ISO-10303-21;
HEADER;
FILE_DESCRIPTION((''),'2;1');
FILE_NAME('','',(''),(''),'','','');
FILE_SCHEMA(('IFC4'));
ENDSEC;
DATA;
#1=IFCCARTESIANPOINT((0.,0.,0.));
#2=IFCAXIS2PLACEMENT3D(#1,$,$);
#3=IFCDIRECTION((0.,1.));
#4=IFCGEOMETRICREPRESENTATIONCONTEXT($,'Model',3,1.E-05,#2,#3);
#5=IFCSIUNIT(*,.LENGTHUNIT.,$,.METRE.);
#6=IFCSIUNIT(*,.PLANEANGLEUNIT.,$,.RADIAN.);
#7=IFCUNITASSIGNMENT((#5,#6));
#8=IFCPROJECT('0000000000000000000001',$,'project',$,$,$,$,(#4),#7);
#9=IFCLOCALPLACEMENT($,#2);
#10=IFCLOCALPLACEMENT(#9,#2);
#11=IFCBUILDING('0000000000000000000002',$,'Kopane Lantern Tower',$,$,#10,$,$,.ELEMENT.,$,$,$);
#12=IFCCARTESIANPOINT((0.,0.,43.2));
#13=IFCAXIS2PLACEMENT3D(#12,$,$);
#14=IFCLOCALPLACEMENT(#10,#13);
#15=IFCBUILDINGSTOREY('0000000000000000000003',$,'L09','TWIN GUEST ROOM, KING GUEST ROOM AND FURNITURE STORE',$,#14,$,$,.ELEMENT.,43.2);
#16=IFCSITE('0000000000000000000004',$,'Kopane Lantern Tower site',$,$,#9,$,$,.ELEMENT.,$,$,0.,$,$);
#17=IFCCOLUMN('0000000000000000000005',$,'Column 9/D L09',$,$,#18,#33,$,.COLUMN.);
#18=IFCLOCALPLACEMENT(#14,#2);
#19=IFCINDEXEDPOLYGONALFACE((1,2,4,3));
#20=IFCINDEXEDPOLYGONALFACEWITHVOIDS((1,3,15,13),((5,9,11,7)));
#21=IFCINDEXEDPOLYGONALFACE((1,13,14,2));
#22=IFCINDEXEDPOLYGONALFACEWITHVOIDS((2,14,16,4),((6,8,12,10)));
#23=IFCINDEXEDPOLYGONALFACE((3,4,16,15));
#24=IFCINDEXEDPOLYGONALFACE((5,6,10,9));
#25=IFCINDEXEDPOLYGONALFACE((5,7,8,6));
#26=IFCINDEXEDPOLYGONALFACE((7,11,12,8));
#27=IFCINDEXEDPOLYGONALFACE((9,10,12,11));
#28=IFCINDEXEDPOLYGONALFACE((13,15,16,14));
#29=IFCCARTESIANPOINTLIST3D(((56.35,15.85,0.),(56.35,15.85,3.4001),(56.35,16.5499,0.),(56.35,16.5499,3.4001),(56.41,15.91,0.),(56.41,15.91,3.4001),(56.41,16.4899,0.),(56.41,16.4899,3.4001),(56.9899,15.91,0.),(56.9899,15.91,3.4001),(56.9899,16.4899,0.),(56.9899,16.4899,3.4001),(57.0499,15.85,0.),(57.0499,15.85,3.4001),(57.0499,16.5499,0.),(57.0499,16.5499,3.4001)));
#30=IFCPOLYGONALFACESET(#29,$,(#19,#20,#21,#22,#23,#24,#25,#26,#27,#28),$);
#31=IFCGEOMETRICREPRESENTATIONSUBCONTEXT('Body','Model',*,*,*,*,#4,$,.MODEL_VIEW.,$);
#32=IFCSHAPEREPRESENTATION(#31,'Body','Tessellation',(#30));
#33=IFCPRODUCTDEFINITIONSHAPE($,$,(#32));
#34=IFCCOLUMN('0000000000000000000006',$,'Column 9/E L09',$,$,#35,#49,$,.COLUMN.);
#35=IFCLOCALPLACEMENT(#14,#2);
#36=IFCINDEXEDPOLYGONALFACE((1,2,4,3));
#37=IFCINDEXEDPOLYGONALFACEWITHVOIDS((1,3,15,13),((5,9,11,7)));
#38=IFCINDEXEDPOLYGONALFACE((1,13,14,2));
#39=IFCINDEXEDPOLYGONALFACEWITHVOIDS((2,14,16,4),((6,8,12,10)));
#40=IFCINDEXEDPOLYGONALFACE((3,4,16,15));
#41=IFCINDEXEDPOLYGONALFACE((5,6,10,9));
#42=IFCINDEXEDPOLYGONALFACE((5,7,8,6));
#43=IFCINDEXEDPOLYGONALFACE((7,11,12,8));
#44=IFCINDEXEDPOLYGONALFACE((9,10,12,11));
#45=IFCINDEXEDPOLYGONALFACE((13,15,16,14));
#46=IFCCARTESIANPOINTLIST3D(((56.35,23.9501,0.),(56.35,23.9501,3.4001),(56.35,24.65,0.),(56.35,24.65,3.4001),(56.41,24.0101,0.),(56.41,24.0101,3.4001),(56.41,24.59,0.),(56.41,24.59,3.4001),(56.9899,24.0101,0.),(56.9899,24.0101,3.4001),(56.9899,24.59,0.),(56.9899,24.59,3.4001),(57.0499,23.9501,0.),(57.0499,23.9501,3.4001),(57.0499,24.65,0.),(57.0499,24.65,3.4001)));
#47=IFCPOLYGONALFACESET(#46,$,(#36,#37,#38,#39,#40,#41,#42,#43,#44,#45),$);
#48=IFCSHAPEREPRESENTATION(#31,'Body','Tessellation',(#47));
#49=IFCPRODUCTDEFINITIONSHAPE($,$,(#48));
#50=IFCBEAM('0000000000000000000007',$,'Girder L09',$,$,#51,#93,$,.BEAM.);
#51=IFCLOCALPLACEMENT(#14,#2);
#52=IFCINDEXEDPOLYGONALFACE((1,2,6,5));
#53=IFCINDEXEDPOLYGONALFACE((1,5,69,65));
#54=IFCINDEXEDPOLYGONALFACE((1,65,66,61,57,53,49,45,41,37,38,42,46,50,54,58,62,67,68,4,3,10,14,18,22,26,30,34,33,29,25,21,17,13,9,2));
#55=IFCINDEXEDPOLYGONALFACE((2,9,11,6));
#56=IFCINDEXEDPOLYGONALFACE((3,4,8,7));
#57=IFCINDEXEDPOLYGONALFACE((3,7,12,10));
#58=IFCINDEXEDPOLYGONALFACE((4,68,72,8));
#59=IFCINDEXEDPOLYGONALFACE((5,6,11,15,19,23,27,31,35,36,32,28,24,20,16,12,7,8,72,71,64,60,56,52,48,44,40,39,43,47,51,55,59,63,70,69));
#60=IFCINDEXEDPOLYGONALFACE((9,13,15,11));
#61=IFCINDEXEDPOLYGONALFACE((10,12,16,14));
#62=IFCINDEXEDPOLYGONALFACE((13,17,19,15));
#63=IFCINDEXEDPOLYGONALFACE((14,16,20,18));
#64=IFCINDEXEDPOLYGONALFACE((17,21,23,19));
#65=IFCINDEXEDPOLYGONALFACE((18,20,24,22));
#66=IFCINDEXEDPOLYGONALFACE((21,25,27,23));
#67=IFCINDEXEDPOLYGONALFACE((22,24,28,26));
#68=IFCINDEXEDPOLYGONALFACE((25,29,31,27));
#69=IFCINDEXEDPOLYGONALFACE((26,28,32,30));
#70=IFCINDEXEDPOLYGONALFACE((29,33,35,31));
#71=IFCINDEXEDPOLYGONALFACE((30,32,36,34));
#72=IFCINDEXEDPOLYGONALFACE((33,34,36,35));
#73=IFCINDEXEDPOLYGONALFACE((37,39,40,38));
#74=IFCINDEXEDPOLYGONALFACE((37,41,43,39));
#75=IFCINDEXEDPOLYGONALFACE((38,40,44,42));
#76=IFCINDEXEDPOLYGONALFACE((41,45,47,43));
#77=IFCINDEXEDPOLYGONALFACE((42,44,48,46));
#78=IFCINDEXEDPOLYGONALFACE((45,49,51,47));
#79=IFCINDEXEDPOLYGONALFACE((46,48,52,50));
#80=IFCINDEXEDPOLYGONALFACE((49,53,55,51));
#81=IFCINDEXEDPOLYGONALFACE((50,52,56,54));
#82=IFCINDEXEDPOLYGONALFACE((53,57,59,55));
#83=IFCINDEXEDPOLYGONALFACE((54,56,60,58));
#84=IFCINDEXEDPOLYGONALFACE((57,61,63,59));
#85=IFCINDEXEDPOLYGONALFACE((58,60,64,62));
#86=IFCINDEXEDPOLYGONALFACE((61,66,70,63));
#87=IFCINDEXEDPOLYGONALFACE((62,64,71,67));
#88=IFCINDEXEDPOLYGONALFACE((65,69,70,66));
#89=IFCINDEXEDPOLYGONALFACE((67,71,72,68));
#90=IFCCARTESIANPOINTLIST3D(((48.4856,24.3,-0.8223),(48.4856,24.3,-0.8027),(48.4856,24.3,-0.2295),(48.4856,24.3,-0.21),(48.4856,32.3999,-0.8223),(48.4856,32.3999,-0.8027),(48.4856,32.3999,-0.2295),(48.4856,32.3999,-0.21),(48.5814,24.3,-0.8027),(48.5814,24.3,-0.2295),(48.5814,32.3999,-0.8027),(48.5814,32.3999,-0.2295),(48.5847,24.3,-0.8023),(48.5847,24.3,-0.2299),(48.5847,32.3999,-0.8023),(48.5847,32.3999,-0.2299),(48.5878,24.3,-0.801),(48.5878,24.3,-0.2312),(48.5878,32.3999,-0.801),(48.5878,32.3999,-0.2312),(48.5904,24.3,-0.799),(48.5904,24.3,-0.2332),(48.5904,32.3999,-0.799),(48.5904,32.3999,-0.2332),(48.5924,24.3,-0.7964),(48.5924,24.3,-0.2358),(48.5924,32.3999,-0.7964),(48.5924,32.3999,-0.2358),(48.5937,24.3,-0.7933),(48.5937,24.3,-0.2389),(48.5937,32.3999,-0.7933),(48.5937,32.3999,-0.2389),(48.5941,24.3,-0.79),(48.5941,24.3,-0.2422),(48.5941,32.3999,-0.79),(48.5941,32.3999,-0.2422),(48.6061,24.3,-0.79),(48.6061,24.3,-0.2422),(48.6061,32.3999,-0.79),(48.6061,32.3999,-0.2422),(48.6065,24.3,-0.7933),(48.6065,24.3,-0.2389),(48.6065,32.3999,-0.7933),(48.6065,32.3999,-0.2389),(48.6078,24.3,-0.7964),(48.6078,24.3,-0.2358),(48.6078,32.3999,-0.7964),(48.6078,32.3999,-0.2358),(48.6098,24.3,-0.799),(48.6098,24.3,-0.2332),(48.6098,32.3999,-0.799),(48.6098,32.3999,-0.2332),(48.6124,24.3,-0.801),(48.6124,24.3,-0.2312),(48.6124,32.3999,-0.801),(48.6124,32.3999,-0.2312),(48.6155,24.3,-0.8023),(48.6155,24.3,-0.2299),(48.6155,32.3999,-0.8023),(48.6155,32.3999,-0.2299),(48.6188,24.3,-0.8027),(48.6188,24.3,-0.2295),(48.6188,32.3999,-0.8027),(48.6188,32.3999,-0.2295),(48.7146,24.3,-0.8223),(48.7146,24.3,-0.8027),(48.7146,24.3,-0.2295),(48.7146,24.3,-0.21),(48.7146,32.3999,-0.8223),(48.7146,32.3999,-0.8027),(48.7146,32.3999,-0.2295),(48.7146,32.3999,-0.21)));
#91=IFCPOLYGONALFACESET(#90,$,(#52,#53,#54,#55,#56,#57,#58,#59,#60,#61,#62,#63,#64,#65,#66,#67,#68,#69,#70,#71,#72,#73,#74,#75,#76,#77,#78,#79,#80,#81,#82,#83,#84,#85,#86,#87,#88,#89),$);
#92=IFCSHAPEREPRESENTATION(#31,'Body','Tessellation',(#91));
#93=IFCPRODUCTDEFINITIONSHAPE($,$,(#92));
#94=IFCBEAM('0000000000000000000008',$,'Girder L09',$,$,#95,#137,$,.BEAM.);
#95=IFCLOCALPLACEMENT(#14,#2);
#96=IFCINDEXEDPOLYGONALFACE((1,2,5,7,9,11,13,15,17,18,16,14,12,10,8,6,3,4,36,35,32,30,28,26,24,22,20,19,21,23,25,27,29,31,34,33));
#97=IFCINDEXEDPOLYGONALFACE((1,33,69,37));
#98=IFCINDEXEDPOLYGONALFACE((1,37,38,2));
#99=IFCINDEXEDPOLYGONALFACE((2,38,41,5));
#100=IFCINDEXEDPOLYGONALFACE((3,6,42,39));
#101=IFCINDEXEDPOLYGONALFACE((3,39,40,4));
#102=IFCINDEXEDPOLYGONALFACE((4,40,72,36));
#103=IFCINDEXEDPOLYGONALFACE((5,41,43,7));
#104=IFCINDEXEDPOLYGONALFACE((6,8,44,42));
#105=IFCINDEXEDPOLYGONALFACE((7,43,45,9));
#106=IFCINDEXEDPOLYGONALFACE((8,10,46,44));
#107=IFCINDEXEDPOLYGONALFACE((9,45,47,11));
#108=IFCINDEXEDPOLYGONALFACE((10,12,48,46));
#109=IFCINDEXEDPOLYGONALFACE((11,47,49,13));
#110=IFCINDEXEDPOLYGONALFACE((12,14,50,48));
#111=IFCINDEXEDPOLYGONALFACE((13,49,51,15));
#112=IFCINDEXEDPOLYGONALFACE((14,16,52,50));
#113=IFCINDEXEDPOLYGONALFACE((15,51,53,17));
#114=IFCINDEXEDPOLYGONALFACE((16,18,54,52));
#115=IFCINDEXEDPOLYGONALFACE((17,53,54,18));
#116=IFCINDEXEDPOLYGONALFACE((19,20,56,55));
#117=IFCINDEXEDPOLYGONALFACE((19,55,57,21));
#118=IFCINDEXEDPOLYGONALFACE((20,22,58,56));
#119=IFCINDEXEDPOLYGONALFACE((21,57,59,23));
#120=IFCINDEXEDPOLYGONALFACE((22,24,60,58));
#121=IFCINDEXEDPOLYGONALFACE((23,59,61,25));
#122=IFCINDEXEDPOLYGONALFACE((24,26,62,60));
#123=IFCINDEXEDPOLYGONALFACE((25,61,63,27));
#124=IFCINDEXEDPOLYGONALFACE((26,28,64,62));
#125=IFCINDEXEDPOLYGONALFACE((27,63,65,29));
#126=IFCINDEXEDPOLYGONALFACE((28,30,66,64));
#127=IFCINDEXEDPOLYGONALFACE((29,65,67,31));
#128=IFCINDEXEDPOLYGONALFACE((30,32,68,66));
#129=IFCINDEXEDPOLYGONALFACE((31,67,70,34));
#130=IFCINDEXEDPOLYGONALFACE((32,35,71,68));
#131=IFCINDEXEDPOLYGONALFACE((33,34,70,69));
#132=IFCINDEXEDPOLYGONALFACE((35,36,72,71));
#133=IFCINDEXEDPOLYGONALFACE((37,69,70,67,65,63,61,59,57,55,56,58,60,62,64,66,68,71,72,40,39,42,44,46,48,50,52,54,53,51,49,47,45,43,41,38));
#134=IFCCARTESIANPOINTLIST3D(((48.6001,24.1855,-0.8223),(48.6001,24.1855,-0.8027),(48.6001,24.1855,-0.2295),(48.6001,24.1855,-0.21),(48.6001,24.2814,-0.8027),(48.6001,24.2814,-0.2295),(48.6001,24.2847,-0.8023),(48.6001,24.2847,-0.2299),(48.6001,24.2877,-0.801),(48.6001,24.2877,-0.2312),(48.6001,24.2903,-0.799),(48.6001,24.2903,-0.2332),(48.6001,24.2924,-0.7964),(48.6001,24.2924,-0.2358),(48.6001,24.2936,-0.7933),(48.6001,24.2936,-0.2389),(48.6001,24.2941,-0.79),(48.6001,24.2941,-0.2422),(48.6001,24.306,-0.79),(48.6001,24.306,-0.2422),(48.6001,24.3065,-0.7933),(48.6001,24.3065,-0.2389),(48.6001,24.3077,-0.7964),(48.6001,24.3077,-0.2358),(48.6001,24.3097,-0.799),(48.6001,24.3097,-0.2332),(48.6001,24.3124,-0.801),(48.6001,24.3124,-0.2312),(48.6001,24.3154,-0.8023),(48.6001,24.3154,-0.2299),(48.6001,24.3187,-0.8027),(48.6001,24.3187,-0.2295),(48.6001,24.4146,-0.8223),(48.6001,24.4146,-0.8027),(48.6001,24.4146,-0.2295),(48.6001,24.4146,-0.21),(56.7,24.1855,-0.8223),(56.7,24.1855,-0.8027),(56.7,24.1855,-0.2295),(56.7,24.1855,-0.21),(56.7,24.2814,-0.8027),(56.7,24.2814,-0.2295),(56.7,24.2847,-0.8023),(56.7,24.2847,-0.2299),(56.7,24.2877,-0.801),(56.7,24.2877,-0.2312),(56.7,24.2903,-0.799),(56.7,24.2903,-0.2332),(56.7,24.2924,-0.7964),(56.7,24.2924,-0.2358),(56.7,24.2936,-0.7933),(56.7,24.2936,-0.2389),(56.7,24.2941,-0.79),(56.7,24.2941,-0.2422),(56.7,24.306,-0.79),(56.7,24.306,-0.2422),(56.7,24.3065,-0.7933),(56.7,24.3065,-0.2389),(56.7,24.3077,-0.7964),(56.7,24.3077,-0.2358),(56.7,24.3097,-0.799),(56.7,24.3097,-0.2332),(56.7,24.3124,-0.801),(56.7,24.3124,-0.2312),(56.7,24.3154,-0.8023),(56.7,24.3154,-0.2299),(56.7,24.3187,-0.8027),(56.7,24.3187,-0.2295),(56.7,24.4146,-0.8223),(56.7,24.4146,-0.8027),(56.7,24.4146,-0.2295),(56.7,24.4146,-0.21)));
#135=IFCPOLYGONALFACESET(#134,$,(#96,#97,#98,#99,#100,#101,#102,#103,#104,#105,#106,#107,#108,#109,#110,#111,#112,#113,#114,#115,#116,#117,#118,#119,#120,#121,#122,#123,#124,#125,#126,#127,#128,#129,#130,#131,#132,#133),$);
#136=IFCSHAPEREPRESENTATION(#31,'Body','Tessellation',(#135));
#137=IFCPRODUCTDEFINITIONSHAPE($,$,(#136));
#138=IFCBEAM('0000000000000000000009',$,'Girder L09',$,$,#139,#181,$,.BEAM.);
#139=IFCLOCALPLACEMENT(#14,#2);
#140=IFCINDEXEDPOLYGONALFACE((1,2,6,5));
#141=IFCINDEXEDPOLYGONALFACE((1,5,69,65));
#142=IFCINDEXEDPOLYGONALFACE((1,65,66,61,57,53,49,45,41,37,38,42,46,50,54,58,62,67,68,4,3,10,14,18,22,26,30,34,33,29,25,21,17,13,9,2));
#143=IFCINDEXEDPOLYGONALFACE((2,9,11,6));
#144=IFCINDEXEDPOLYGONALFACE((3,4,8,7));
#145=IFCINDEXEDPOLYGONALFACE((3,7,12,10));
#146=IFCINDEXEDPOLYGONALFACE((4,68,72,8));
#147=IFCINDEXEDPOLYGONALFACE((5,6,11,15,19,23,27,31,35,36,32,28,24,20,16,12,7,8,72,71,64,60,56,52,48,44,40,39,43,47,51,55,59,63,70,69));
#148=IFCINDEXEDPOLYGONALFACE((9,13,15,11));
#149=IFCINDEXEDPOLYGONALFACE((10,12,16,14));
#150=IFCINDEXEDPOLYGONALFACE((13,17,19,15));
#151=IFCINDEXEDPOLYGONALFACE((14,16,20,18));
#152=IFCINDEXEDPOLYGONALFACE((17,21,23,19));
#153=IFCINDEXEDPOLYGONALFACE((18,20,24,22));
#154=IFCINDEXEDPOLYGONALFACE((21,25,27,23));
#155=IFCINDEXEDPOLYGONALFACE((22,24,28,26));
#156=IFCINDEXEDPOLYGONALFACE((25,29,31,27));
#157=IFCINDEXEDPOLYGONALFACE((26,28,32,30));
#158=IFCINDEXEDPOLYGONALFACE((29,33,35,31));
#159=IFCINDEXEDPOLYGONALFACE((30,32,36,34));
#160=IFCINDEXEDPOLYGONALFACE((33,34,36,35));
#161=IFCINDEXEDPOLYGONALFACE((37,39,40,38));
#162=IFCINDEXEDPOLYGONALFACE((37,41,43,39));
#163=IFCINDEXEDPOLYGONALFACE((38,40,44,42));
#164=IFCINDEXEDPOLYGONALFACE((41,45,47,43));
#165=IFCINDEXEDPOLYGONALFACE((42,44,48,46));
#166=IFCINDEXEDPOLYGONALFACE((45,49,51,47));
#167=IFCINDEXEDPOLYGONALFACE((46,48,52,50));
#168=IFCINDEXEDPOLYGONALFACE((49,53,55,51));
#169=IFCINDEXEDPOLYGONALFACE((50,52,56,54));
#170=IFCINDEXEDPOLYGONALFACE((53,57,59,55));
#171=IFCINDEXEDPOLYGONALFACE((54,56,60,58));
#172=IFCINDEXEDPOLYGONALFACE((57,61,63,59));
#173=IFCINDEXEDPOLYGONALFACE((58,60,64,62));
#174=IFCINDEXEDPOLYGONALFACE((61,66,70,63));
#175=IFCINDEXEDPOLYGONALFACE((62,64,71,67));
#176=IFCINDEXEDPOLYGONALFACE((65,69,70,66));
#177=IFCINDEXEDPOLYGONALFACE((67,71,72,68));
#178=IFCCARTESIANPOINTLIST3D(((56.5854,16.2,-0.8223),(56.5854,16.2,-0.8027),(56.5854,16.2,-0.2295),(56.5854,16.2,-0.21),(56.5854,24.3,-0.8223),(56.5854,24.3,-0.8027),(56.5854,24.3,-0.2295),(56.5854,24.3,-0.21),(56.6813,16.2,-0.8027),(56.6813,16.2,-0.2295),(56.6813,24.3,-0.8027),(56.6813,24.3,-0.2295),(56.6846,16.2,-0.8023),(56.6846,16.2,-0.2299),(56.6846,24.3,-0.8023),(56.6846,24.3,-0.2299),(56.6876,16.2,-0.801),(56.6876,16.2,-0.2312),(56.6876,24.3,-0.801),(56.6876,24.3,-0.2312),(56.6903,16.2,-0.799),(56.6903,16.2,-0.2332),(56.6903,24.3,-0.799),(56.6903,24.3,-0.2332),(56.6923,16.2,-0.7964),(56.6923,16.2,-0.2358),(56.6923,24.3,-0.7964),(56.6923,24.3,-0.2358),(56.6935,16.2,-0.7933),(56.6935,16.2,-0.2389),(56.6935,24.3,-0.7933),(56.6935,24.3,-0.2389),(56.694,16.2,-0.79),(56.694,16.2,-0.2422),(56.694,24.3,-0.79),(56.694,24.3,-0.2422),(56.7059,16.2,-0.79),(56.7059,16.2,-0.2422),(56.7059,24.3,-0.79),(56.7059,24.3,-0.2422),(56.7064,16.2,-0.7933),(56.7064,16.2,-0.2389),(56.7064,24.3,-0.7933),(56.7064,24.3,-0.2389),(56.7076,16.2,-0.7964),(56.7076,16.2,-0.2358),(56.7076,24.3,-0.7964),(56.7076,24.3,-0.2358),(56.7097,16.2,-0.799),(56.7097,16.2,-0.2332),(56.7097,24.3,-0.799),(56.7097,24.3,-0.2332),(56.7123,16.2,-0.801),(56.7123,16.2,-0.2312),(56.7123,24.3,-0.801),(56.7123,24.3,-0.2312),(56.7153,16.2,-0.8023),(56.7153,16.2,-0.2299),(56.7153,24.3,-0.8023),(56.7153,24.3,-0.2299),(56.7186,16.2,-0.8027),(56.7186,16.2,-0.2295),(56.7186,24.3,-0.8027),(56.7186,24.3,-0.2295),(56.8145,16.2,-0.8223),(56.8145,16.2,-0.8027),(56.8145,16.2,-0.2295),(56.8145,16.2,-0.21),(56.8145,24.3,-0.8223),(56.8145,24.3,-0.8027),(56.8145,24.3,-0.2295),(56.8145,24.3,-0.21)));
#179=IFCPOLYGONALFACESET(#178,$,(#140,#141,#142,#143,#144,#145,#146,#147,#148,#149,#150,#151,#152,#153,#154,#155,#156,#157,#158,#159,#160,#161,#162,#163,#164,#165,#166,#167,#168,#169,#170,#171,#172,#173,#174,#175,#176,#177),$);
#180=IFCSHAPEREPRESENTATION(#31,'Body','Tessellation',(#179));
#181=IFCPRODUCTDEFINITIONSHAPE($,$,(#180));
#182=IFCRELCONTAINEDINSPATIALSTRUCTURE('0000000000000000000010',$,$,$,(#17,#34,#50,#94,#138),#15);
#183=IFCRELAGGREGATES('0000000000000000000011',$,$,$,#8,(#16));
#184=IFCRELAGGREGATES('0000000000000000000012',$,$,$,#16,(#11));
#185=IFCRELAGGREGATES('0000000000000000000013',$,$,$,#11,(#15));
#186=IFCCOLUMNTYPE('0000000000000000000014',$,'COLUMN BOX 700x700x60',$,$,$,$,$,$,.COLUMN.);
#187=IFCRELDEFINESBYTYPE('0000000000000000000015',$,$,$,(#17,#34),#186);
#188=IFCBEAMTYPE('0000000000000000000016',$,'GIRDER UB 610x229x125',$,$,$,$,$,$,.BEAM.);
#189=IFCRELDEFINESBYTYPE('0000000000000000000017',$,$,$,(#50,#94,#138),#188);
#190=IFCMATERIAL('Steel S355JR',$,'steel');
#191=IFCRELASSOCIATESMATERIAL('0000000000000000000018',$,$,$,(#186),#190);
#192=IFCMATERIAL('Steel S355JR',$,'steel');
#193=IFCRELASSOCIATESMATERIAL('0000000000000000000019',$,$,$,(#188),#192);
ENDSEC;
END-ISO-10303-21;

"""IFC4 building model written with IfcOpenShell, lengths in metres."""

from ifc_helpers import new_model, si_unit, direction, frame, origin, origin_2d, place, context, subcontext, project, spatial, hollow_rectangle, i_section, extrude, material, material_profile, profile_set, type_object, element, save


model = new_model("IFC4")

# Units and contexts
model_context = context("Model", 3, precision=1e-05, world=origin(), true_north=direction((0.0, 1.0)))
body_context = subcontext(model_context, "Body", "Model", "MODEL_VIEW")
ifc_project = project(units=[si_unit("LENGTHUNIT", "METRE"), si_unit("PLANEANGLEUNIT", "RADIAN")], contexts=[model_context])

# Site, building, storey
site_placement = place(None, origin())
site = spatial("IfcSite", under=ifc_project, at=site_placement, Name="Kopane Lantern Tower site", CompositionType="ELEMENT", RefElevation=0.0)
building_placement = place(site_placement, origin())
building = spatial("IfcBuilding", under=site, at=building_placement, Name="Kopane Lantern Tower", CompositionType="ELEMENT")
storey_placement = place(building_placement, frame((0.0, 0.0, 43.2)))
storey = spatial("IfcBuildingStorey", under=building, at=storey_placement, Name="L09", Description="TWIN GUEST ROOM, KING GUEST ROOM AND FURNITURE STORE", CompositionType="ELEMENT", Elevation=43.2)

# Columns
ifc_material_1 = material(Name="Steel S355JR", Category="steel")
ifc_material_profile_1 = material_profile(ifc_material_1, hollow_rectangle(XDim=0.7, YDim=0.7, WallThickness=0.0601, at=origin_2d()), Name="BOX 700x700x60")
ifc_profile_set_1 = profile_set([ifc_material_profile_1], Name="Steel S355JR")
column_type = type_object("IfcColumnType", Name="COLUMN BOX 700x700x60", PredefinedType="COLUMN", material=ifc_profile_set_1)
for number, where, z_axis, x_axis, name in (
    (1, (56.7, 16.2, 0.0), (0.0, 0.0, 1.0), (1.0, 0.0, 0.0), "Column 9/D L09"),
    (2, (56.7, 24.3, 0.0), (0.0, 0.0, 1.0), (1.0, 0.0, 0.0), "Column 9/E L09"),
):
    element("IfcColumn", number, at=place(storey_placement, frame(where, z_axis=z_axis, x_axis=x_axis)), inside=storey, type_object=column_type, Name=name, PredefinedType="COLUMN", context=body_context, shape_type="SweptSolid", body=[
        extrude(hollow_rectangle(XDim=0.7, YDim=0.7, WallThickness=0.0601, at=origin_2d()), origin(), (0.0, 0.0, 1.0), 3.4001),
    ])

# Beams
ifc_material_2 = material(Name="Steel S355JR", Category="steel")
ifc_material_profile_2 = material_profile(ifc_material_2, i_section(OverallWidth=0.229, OverallDepth=0.6123, WebThickness=0.012, FlangeThickness=0.0195, FilletRadius=0.0127, at=origin_2d()), Name="UB 610x229x125")
ifc_profile_set_2 = profile_set([ifc_material_profile_2], Name="Steel S355JR")
beam_type = type_object("IfcBeamType", Name="GIRDER UB 610x229x125", PredefinedType="BEAM", material=ifc_profile_set_2)
for number, where, z_axis, x_axis, name in (
    (3, (48.6001, 24.3, -0.5161), (0.0, 1.0, 0.0), (-1.0, 0.0, 0.0), "Girder L09"),
    (4, (48.6001, 24.3, -0.5161), (1.0, 0.0, 0.0), (0.0, 1.0, 0.0), "Girder L09"),
):
    element("IfcBeam", number, at=place(storey_placement, frame(where, z_axis=z_axis, x_axis=x_axis)), inside=storey, type_object=beam_type, Name=name, PredefinedType="BEAM", context=body_context, shape_type="SweptSolid", body=[
        extrude(i_section(OverallWidth=0.229, OverallDepth=0.6123, WebThickness=0.012, FlangeThickness=0.0195, FilletRadius=0.0127, at=origin_2d()), origin(), (0.0, 0.0, 1.0), 8.0999),
    ])
beam_1_placement = place(storey_placement, frame((56.7, 16.2, -0.5161), z_axis=(0.0, 1.0, 0.0), x_axis=(-1.0, 0.0, 0.0)))
element("IfcBeam", 5, at=beam_1_placement, inside=storey, type_object=beam_type, Name="Girder L09", PredefinedType="BEAM", context=body_context, shape_type="SweptSolid", body=[
    extrude(i_section(OverallWidth=0.229, OverallDepth=0.6123, WebThickness=0.012, FlangeThickness=0.0195, FilletRadius=0.0127, at=origin_2d()), origin(), (0.0, 0.0, 1.0), 8.1001),
])

save(model, "model.ifc")
